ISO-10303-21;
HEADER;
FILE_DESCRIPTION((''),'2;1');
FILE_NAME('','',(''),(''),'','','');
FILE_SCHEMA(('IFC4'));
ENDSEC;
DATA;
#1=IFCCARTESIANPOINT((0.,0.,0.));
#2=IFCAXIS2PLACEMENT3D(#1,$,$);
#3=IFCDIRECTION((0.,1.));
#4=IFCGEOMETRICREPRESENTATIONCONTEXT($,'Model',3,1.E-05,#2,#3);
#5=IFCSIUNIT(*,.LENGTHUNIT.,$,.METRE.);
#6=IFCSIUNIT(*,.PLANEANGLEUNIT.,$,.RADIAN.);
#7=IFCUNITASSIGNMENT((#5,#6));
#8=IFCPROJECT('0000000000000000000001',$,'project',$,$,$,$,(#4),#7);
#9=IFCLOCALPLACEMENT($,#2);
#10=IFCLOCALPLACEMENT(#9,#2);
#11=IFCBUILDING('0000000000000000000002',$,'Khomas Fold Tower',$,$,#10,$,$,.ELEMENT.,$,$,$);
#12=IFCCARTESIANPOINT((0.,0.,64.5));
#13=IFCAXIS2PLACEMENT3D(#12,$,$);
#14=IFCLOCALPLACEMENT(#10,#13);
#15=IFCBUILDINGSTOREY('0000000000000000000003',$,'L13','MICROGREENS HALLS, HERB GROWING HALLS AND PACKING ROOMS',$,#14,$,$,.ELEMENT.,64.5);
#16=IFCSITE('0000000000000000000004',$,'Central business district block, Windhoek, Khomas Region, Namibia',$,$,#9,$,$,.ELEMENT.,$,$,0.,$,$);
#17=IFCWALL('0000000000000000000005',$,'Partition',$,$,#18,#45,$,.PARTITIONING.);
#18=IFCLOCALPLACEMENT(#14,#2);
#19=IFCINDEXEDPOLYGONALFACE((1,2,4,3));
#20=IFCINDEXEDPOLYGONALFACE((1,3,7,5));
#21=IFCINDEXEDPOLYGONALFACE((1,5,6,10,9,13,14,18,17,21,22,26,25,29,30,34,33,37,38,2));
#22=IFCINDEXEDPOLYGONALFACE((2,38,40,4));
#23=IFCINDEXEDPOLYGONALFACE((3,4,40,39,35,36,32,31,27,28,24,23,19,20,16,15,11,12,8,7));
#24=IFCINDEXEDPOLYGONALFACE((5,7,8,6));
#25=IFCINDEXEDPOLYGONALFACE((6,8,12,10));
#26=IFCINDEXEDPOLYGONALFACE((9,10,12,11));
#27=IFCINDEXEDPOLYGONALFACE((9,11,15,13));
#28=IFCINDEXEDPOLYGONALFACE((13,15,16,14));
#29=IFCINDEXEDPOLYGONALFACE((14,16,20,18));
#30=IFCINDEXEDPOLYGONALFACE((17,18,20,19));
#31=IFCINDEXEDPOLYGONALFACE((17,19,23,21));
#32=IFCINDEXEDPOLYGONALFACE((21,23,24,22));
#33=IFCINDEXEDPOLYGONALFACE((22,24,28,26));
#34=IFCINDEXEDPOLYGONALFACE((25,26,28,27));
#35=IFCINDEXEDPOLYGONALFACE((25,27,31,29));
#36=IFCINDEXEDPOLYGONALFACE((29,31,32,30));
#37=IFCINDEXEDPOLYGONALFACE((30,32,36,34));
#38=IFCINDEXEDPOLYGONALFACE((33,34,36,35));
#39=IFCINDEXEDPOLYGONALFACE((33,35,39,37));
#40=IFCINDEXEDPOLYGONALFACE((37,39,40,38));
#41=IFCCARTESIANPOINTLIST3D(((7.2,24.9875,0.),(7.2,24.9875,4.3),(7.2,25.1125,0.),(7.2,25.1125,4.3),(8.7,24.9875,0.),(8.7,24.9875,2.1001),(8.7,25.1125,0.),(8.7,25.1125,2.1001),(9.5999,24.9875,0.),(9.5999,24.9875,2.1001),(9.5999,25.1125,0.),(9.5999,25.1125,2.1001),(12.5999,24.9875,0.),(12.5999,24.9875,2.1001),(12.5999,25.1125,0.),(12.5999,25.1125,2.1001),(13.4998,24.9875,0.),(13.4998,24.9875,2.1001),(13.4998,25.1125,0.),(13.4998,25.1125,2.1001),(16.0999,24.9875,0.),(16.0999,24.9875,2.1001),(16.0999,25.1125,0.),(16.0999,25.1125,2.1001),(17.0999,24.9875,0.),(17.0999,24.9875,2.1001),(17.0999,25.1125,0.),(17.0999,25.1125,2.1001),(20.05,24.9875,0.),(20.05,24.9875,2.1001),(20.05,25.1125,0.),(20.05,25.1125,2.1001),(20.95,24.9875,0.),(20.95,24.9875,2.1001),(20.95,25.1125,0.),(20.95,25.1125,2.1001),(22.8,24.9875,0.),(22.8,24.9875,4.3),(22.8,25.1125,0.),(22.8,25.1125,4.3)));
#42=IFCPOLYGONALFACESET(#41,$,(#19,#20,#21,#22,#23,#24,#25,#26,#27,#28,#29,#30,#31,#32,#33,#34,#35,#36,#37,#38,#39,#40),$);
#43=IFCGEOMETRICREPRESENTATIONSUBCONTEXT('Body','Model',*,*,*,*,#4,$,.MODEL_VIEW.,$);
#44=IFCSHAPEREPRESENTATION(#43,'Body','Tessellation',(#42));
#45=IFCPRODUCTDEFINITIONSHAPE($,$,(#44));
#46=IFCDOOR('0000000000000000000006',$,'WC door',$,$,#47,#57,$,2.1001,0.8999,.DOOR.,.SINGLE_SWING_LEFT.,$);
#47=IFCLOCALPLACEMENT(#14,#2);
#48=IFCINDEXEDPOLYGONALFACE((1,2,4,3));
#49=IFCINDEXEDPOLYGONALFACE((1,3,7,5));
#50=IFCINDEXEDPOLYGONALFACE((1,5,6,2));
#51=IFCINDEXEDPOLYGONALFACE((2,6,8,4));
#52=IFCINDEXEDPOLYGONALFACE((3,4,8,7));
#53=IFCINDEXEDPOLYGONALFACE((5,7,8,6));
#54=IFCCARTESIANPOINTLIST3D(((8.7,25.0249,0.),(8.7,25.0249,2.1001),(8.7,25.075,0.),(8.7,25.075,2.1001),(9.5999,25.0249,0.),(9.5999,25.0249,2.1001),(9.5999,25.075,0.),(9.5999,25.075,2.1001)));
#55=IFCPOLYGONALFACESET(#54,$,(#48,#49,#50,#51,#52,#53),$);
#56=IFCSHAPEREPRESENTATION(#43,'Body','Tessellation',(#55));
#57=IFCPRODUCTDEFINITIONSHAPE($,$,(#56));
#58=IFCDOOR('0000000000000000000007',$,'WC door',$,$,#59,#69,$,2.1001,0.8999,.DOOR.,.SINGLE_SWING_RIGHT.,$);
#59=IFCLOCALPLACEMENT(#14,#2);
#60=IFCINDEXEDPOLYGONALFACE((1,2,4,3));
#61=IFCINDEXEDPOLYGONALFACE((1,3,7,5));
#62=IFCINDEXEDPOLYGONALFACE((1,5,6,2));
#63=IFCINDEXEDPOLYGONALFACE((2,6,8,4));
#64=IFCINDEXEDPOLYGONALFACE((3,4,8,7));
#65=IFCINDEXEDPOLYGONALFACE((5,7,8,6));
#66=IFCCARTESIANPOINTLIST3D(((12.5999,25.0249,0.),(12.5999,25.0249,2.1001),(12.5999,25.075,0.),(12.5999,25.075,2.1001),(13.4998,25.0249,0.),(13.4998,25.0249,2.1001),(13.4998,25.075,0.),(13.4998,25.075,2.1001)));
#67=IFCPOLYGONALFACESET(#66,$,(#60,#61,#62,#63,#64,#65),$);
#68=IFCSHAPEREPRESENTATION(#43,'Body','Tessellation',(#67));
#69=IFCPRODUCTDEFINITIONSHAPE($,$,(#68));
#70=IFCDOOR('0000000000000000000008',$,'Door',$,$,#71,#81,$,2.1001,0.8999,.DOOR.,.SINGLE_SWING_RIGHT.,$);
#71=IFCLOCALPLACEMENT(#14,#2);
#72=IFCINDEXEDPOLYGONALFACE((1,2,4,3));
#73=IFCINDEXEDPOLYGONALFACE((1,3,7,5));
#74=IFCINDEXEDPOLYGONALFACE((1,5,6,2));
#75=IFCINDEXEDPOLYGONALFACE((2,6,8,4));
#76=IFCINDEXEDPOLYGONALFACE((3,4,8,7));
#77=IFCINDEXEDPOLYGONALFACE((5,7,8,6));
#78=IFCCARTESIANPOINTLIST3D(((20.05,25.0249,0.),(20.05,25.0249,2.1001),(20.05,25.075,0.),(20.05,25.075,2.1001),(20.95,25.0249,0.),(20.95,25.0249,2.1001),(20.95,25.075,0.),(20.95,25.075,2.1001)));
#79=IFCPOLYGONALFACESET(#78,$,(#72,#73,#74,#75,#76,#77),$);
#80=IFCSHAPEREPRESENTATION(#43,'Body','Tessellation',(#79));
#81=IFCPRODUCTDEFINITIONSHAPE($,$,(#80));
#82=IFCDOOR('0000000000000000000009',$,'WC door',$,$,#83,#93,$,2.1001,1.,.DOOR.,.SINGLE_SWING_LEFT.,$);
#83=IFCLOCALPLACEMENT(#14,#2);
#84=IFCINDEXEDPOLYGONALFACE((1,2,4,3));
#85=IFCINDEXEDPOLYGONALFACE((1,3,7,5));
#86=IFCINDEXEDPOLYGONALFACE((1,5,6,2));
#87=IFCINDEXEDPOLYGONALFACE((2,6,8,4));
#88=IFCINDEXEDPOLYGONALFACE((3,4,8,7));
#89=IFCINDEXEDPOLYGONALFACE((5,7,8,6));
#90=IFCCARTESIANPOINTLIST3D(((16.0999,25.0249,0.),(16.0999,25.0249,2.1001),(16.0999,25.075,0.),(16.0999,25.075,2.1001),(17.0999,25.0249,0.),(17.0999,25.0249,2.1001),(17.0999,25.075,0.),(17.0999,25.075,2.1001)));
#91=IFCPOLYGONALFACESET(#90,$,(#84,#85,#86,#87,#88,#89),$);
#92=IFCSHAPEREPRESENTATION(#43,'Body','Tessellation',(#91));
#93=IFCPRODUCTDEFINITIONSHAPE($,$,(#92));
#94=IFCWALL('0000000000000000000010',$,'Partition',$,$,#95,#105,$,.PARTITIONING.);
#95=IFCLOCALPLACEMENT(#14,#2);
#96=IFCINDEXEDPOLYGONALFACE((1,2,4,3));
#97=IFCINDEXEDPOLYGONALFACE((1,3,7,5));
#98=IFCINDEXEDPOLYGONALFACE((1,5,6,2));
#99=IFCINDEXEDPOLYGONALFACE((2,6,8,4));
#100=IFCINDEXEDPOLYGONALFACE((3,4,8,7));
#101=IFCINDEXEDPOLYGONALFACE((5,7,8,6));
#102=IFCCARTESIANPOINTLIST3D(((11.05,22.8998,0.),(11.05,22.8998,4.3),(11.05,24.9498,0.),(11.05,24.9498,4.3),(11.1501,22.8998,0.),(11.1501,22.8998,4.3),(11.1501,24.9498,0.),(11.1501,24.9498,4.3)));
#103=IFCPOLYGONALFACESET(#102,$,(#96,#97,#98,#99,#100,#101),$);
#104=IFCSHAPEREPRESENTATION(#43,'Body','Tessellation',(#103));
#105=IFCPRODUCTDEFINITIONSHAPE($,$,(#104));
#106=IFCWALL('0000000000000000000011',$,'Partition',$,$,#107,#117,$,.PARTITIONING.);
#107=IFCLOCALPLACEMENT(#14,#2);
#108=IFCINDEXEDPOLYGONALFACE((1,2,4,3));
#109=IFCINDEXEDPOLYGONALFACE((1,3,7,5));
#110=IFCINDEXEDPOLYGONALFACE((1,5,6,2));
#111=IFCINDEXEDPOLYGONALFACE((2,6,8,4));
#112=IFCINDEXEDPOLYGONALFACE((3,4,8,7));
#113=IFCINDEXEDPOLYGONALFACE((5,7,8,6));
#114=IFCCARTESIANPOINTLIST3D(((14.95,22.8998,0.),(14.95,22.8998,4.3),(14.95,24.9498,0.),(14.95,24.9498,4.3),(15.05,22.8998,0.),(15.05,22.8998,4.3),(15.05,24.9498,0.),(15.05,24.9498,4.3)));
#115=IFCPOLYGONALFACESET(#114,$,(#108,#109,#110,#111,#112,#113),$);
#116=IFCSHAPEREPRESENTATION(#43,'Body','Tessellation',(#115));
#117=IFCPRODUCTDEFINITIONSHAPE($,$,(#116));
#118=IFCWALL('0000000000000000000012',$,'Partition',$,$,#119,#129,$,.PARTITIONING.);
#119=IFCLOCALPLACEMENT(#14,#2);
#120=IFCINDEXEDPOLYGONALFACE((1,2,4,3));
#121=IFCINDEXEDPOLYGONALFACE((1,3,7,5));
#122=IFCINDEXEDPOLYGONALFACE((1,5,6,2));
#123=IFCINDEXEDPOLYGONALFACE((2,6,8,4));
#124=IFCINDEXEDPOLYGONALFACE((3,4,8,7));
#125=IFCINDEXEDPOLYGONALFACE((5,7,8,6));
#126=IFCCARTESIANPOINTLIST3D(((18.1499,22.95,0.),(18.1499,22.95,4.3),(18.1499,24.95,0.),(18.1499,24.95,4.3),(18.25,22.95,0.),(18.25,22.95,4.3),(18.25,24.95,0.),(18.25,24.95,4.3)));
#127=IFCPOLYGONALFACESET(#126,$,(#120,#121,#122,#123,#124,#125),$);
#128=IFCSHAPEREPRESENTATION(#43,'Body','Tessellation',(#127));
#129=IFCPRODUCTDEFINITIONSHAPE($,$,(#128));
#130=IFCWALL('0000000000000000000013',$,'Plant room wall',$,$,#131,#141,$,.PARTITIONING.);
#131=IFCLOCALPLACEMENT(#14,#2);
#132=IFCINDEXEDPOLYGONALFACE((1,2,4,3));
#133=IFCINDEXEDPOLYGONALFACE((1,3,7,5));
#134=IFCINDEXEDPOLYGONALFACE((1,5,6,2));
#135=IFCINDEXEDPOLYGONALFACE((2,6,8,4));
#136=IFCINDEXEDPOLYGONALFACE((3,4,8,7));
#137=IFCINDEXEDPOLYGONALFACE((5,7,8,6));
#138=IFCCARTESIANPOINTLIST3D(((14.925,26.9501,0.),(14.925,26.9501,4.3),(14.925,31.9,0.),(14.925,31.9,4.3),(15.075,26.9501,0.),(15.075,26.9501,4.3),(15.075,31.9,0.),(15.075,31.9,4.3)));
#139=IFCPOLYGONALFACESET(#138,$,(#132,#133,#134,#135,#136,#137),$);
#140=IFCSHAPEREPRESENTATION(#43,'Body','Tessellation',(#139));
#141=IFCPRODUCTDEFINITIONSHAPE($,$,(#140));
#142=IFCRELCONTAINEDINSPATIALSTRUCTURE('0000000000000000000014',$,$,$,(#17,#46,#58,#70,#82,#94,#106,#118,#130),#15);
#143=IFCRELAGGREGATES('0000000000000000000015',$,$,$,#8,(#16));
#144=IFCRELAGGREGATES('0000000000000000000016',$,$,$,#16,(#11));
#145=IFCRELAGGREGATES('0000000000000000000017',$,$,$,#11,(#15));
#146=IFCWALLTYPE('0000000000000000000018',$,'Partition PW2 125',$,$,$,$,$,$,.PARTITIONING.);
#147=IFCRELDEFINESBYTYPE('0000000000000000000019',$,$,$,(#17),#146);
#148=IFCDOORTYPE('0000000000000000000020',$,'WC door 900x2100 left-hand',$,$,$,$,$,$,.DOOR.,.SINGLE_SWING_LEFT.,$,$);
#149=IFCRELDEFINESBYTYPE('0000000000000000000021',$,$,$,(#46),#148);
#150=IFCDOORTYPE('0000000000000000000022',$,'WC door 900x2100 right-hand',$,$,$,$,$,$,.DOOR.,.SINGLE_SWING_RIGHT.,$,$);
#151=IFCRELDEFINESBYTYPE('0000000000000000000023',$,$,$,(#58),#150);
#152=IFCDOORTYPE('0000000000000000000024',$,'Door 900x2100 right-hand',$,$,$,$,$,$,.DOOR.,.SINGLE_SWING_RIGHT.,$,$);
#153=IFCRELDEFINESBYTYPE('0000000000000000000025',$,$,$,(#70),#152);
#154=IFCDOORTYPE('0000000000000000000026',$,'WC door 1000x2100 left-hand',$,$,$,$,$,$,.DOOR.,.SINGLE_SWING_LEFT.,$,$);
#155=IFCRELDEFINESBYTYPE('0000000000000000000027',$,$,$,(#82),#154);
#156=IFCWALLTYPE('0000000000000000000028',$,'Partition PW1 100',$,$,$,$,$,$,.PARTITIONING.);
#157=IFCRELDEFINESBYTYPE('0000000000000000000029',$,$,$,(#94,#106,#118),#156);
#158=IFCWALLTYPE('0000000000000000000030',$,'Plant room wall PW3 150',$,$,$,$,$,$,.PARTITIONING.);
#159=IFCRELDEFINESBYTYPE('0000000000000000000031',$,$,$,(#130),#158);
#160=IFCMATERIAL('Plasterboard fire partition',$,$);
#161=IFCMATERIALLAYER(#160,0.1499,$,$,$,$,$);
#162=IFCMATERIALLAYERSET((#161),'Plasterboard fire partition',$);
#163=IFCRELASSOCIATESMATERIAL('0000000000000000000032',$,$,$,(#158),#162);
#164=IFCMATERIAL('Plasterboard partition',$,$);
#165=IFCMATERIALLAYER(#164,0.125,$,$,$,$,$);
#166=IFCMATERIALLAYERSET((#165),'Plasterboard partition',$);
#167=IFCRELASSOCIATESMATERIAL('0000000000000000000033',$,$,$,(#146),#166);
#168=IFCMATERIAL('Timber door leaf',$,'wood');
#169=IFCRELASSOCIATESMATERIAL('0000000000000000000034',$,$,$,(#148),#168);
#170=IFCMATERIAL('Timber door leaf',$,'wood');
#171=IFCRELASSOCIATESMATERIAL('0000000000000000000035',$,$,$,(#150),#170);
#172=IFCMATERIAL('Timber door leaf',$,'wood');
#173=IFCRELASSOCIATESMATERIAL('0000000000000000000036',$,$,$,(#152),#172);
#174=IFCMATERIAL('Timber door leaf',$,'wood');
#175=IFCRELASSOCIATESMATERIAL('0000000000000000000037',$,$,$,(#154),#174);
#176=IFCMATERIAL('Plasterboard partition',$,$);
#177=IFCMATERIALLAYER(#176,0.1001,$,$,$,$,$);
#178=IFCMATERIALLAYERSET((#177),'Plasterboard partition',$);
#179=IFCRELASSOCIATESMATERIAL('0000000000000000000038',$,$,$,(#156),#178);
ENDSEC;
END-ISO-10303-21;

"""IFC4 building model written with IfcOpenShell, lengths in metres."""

from ifc_helpers import new_model, si_unit, direction, frame, frame_2d, origin, place, context, subcontext, project, spatial, rectangle, extrude, source, transform, mapped, material, layer, layer_set, type_object, element, fill, save


model = new_model("IFC4")

# Units and contexts
model_context = context("Model", 3, precision=1e-05, world=origin(), true_north=direction((0.0, 1.0)))
body_context = subcontext(model_context, "Body", "Model", "MODEL_VIEW")
ifc_project = project(units=[si_unit("LENGTHUNIT", "METRE"), si_unit("PLANEANGLEUNIT", "RADIAN")], contexts=[model_context])

# Site, building, storey
site_placement = place(None, origin())
site = spatial("IfcSite", under=ifc_project, at=site_placement, Name="Central business district block, Windhoek, Khomas Region, Namibia", CompositionType="ELEMENT", RefElevation=0.0)
building_placement = place(site_placement, origin())
building = spatial("IfcBuilding", under=site, at=building_placement, Name="Khomas Fold Tower", CompositionType="ELEMENT")
storey_placement = place(building_placement, frame((0.0, 0.0, 64.5)))
storey = spatial("IfcBuildingStorey", under=building, at=storey_placement, Name="L13", Description="MICROGREENS HALLS, HERB GROWING HALLS AND PACKING ROOMS", CompositionType="ELEMENT", Elevation=64.5)

# Wall, openings, doors
ifc_material_1 = material(Name="Plasterboard fire partition")
ifc_layer_1 = layer(ifc_material_1, 0.1499)
ifc_layer_set_1 = layer_set([ifc_layer_1], Name="Plasterboard fire partition")
wall_type_1 = type_object("IfcWallType", Name="Plant room wall PW3 150", PredefinedType="PARTITIONING", material=ifc_layer_set_1)
shared_shape_1 = source(origin(), body_context, "Body", "SweptSolid", [
    extrude(rectangle(XDim=0.8999, YDim=2.1001, at=frame_2d((0.45, 1.05))), frame((0.0, 0.0249, 0.0), z_axis=(0.0, -1.0, 0.0), x_axis=(1.0, 0.0, 0.0)), (0.0, 0.0, 1.0), 0.05),
])
ifc_material_2 = material(Name="Plasterboard partition")
ifc_layer_2 = layer(ifc_material_2, 0.125)
ifc_layer_set_2 = layer_set([ifc_layer_2], Name="Plasterboard partition")
wall_type_2 = type_object("IfcWallType", Name="Partition PW2 125", PredefinedType="PARTITIONING", material=ifc_layer_set_2)
shared_shape_2 = source(origin(), body_context, "Body", "SweptSolid", [
    extrude(rectangle(XDim=15.6001, YDim=0.125, at=frame_2d((7.8, 0.0))), origin(), (0.0, 0.0, 1.0), 4.3),
])
wall_1_placement = place(storey_placement, frame((7.2, 25.05, 0.0), z_axis=(0.0, 0.0, 1.0), x_axis=(1.0, 0.0, 0.0)))
wall_1 = element("IfcWall", 1, at=wall_1_placement, inside=storey, type_object=wall_type_2, Name="Partition", PredefinedType="PARTITIONING", context=body_context, shape_type="MappedRepresentation", body=[
    mapped(shared_shape_2, transform((0.0, 0.0, 0.0))),
])
shared_shape_3 = source(origin(), body_context, "Body", "SweptSolid", [
    extrude(rectangle(XDim=0.8999, YDim=2.1001, at=frame_2d((0.45, 1.05))), frame((0.0, 0.0725, 0.0), z_axis=(0.0, -1.0, 0.0), x_axis=(1.0, 0.0, 0.0)), (0.0, 0.0, 1.0), 0.145),
])
opening_1_placement = place(wall_1_placement, frame((1.5, 0.0, 0.0)))
opening_1 = element("IfcOpeningElement", 2, at=opening_1_placement, cuts=wall_1, PredefinedType="OPENING", context=body_context, shape_type="MappedRepresentation", body=[
    mapped(shared_shape_3, transform((0.0, 0.0, 0.0))),
])
opening_2_placement = place(wall_1_placement, frame((5.3999, 0.0, 0.0)))
opening_2 = element("IfcOpeningElement", 3, at=opening_2_placement, cuts=wall_1, PredefinedType="OPENING", context=body_context, shape_type="MappedRepresentation", body=[
    mapped(shared_shape_3, transform((0.0, 0.0, 0.0))),
])
shared_shape_4 = source(origin(), body_context, "Body", "SweptSolid", [
    extrude(rectangle(XDim=1.0, YDim=2.1001, at=frame_2d((0.5, 1.05))), frame((0.0, 0.0725, 0.0), z_axis=(0.0, -1.0, 0.0), x_axis=(1.0, 0.0, 0.0)), (0.0, 0.0, 1.0), 0.145),
])
opening_3_placement = place(wall_1_placement, frame((8.8999, 0.0, 0.0)))
opening_3 = element("IfcOpeningElement", 4, at=opening_3_placement, cuts=wall_1, PredefinedType="OPENING", context=body_context, shape_type="MappedRepresentation", body=[
    mapped(shared_shape_4, transform((0.0, 0.0, 0.0))),
])
opening_4_placement = place(wall_1_placement, frame((12.8501, 0.0, 0.0)))
opening_4 = element("IfcOpeningElement", 5, at=opening_4_placement, cuts=wall_1, PredefinedType="OPENING", context=body_context, shape_type="MappedRepresentation", body=[
    mapped(shared_shape_3, transform((0.0, 0.0, 0.0))),
])
ifc_material_3 = material(Name="Timber door leaf", Category="wood")
door_type_1 = type_object("IfcDoorType", Name="WC door 900x2100 left-hand", OperationType="SINGLE_SWING_LEFT", PredefinedType="DOOR", material=ifc_material_3)
door_1_placement = place(opening_1_placement, origin())
door_1 = element("IfcDoor", 6, at=door_1_placement, inside=storey, type_object=door_type_1, Name="WC door", OperationType="SINGLE_SWING_LEFT", OverallHeight=2.1001, OverallWidth=0.8999, PredefinedType="DOOR", context=body_context, shape_type="MappedRepresentation", body=[
    mapped(shared_shape_1, transform((0.0, 0.0, 0.0))),
])
fill(opening_1, door_1)
ifc_material_4 = material(Name="Timber door leaf", Category="wood")
door_type_2 = type_object("IfcDoorType", Name="WC door 900x2100 right-hand", OperationType="SINGLE_SWING_RIGHT", PredefinedType="DOOR", material=ifc_material_4)
door_2_placement = place(opening_2_placement, origin())
door_2 = element("IfcDoor", 7, at=door_2_placement, inside=storey, type_object=door_type_2, Name="WC door", OperationType="SINGLE_SWING_RIGHT", OverallHeight=2.1001, OverallWidth=0.8999, PredefinedType="DOOR", context=body_context, shape_type="MappedRepresentation", body=[
    mapped(shared_shape_1, transform((0.0, 0.0, 0.0))),
])
fill(opening_2, door_2)
ifc_material_5 = material(Name="Timber door leaf", Category="wood")
door_type_3 = type_object("IfcDoorType", Name="Door 900x2100 right-hand", OperationType="SINGLE_SWING_RIGHT", PredefinedType="DOOR", material=ifc_material_5)
door_3_placement = place(opening_4_placement, origin())
door_3 = element("IfcDoor", 8, at=door_3_placement, inside=storey, type_object=door_type_3, Name="Door", OperationType="SINGLE_SWING_RIGHT", OverallHeight=2.1001, OverallWidth=0.8999, PredefinedType="DOOR", context=body_context, shape_type="MappedRepresentation", body=[
    mapped(shared_shape_1, transform((0.0, 0.0, 0.0))),
])
fill(opening_4, door_3)
ifc_material_6 = material(Name="Timber door leaf", Category="wood")
door_type_4 = type_object("IfcDoorType", Name="WC door 1000x2100 left-hand", OperationType="SINGLE_SWING_LEFT", PredefinedType="DOOR", material=ifc_material_6)
shared_shape_5 = source(origin(), body_context, "Body", "SweptSolid", [
    extrude(rectangle(XDim=1.0, YDim=2.1001, at=frame_2d((0.5, 1.05))), frame((0.0, 0.0249, 0.0), z_axis=(0.0, -1.0, 0.0), x_axis=(1.0, 0.0, 0.0)), (0.0, 0.0, 1.0), 0.05),
])
door_4_placement = place(opening_3_placement, origin())
door_4 = element("IfcDoor", 9, at=door_4_placement, inside=storey, type_object=door_type_4, Name="WC door", OperationType="SINGLE_SWING_LEFT", OverallHeight=2.1001, OverallWidth=1.0, PredefinedType="DOOR", context=body_context, shape_type="MappedRepresentation", body=[
    mapped(shared_shape_5, transform((0.0, 0.0, 0.0))),
])
fill(opening_3, door_4)

# Walls
ifc_material_7 = material(Name="Plasterboard partition")
ifc_layer_3 = layer(ifc_material_7, 0.1001)
ifc_layer_set_3 = layer_set([ifc_layer_3], Name="Plasterboard partition")
wall_type_3 = type_object("IfcWallType", Name="Partition PW1 100", PredefinedType="PARTITIONING", material=ifc_layer_set_3)
shared_shape_6 = source(origin(), body_context, "Body", "SweptSolid", [
    extrude(rectangle(XDim=2.05, YDim=0.1001, at=frame_2d((1.0249, 0.0))), origin(), (0.0, 0.0, 1.0), 4.3),
])
for number, where, z_axis, x_axis, name in (
    (10, (11.1001, 22.8999, 0.0), (0.0, 0.0, 1.0), (0.0, 1.0, 0.0), "Partition"),
    (11, (15.0, 22.8999, 0.0), (0.0, 0.0, 1.0), (0.0, 1.0, 0.0), "Partition"),
):
    element("IfcWall", number, at=place(storey_placement, frame(where, z_axis=z_axis, x_axis=x_axis)), inside=storey, type_object=wall_type_3, Name=name, PredefinedType="PARTITIONING", context=body_context, shape_type="MappedRepresentation", body=[
        mapped(shared_shape_6, transform((0.0, 0.0, 0.0))),
    ])
shared_shape_7 = source(origin(), body_context, "Body", "SweptSolid", [
    extrude(rectangle(XDim=2.0, YDim=0.1001, at=frame_2d((1.0, 0.0))), origin(), (0.0, 0.0, 1.0), 4.3),
])
wall_2_placement = place(storey_placement, frame((18.2, 22.95, 0.0), z_axis=(0.0, 0.0, 1.0), x_axis=(0.0, 1.0, 0.0)))
element("IfcWall", 12, at=wall_2_placement, inside=storey, type_object=wall_type_3, Name="Partition", PredefinedType="PARTITIONING", context=body_context, shape_type="MappedRepresentation", body=[
    mapped(shared_shape_7, transform((0.0, 0.0, 0.0))),
])
shared_shape_8 = source(origin(), body_context, "Body", "SweptSolid", [
    extrude(rectangle(XDim=4.95, YDim=0.1499, at=frame_2d((2.4751, 0.0))), origin(), (0.0, 0.0, 1.0), 4.3),
])
wall_3_placement = place(storey_placement, frame((15.0, 26.95, 0.0), z_axis=(0.0, 0.0, 1.0), x_axis=(0.0, 1.0, 0.0)))
element("IfcWall", 13, at=wall_3_placement, inside=storey, type_object=wall_type_1, Name="Plant room wall", PredefinedType="PARTITIONING", context=body_context, shape_type="MappedRepresentation", body=[
    mapped(shared_shape_8, transform((0.0, 0.0, 0.0))),
])

save(model, "model.ifc")
